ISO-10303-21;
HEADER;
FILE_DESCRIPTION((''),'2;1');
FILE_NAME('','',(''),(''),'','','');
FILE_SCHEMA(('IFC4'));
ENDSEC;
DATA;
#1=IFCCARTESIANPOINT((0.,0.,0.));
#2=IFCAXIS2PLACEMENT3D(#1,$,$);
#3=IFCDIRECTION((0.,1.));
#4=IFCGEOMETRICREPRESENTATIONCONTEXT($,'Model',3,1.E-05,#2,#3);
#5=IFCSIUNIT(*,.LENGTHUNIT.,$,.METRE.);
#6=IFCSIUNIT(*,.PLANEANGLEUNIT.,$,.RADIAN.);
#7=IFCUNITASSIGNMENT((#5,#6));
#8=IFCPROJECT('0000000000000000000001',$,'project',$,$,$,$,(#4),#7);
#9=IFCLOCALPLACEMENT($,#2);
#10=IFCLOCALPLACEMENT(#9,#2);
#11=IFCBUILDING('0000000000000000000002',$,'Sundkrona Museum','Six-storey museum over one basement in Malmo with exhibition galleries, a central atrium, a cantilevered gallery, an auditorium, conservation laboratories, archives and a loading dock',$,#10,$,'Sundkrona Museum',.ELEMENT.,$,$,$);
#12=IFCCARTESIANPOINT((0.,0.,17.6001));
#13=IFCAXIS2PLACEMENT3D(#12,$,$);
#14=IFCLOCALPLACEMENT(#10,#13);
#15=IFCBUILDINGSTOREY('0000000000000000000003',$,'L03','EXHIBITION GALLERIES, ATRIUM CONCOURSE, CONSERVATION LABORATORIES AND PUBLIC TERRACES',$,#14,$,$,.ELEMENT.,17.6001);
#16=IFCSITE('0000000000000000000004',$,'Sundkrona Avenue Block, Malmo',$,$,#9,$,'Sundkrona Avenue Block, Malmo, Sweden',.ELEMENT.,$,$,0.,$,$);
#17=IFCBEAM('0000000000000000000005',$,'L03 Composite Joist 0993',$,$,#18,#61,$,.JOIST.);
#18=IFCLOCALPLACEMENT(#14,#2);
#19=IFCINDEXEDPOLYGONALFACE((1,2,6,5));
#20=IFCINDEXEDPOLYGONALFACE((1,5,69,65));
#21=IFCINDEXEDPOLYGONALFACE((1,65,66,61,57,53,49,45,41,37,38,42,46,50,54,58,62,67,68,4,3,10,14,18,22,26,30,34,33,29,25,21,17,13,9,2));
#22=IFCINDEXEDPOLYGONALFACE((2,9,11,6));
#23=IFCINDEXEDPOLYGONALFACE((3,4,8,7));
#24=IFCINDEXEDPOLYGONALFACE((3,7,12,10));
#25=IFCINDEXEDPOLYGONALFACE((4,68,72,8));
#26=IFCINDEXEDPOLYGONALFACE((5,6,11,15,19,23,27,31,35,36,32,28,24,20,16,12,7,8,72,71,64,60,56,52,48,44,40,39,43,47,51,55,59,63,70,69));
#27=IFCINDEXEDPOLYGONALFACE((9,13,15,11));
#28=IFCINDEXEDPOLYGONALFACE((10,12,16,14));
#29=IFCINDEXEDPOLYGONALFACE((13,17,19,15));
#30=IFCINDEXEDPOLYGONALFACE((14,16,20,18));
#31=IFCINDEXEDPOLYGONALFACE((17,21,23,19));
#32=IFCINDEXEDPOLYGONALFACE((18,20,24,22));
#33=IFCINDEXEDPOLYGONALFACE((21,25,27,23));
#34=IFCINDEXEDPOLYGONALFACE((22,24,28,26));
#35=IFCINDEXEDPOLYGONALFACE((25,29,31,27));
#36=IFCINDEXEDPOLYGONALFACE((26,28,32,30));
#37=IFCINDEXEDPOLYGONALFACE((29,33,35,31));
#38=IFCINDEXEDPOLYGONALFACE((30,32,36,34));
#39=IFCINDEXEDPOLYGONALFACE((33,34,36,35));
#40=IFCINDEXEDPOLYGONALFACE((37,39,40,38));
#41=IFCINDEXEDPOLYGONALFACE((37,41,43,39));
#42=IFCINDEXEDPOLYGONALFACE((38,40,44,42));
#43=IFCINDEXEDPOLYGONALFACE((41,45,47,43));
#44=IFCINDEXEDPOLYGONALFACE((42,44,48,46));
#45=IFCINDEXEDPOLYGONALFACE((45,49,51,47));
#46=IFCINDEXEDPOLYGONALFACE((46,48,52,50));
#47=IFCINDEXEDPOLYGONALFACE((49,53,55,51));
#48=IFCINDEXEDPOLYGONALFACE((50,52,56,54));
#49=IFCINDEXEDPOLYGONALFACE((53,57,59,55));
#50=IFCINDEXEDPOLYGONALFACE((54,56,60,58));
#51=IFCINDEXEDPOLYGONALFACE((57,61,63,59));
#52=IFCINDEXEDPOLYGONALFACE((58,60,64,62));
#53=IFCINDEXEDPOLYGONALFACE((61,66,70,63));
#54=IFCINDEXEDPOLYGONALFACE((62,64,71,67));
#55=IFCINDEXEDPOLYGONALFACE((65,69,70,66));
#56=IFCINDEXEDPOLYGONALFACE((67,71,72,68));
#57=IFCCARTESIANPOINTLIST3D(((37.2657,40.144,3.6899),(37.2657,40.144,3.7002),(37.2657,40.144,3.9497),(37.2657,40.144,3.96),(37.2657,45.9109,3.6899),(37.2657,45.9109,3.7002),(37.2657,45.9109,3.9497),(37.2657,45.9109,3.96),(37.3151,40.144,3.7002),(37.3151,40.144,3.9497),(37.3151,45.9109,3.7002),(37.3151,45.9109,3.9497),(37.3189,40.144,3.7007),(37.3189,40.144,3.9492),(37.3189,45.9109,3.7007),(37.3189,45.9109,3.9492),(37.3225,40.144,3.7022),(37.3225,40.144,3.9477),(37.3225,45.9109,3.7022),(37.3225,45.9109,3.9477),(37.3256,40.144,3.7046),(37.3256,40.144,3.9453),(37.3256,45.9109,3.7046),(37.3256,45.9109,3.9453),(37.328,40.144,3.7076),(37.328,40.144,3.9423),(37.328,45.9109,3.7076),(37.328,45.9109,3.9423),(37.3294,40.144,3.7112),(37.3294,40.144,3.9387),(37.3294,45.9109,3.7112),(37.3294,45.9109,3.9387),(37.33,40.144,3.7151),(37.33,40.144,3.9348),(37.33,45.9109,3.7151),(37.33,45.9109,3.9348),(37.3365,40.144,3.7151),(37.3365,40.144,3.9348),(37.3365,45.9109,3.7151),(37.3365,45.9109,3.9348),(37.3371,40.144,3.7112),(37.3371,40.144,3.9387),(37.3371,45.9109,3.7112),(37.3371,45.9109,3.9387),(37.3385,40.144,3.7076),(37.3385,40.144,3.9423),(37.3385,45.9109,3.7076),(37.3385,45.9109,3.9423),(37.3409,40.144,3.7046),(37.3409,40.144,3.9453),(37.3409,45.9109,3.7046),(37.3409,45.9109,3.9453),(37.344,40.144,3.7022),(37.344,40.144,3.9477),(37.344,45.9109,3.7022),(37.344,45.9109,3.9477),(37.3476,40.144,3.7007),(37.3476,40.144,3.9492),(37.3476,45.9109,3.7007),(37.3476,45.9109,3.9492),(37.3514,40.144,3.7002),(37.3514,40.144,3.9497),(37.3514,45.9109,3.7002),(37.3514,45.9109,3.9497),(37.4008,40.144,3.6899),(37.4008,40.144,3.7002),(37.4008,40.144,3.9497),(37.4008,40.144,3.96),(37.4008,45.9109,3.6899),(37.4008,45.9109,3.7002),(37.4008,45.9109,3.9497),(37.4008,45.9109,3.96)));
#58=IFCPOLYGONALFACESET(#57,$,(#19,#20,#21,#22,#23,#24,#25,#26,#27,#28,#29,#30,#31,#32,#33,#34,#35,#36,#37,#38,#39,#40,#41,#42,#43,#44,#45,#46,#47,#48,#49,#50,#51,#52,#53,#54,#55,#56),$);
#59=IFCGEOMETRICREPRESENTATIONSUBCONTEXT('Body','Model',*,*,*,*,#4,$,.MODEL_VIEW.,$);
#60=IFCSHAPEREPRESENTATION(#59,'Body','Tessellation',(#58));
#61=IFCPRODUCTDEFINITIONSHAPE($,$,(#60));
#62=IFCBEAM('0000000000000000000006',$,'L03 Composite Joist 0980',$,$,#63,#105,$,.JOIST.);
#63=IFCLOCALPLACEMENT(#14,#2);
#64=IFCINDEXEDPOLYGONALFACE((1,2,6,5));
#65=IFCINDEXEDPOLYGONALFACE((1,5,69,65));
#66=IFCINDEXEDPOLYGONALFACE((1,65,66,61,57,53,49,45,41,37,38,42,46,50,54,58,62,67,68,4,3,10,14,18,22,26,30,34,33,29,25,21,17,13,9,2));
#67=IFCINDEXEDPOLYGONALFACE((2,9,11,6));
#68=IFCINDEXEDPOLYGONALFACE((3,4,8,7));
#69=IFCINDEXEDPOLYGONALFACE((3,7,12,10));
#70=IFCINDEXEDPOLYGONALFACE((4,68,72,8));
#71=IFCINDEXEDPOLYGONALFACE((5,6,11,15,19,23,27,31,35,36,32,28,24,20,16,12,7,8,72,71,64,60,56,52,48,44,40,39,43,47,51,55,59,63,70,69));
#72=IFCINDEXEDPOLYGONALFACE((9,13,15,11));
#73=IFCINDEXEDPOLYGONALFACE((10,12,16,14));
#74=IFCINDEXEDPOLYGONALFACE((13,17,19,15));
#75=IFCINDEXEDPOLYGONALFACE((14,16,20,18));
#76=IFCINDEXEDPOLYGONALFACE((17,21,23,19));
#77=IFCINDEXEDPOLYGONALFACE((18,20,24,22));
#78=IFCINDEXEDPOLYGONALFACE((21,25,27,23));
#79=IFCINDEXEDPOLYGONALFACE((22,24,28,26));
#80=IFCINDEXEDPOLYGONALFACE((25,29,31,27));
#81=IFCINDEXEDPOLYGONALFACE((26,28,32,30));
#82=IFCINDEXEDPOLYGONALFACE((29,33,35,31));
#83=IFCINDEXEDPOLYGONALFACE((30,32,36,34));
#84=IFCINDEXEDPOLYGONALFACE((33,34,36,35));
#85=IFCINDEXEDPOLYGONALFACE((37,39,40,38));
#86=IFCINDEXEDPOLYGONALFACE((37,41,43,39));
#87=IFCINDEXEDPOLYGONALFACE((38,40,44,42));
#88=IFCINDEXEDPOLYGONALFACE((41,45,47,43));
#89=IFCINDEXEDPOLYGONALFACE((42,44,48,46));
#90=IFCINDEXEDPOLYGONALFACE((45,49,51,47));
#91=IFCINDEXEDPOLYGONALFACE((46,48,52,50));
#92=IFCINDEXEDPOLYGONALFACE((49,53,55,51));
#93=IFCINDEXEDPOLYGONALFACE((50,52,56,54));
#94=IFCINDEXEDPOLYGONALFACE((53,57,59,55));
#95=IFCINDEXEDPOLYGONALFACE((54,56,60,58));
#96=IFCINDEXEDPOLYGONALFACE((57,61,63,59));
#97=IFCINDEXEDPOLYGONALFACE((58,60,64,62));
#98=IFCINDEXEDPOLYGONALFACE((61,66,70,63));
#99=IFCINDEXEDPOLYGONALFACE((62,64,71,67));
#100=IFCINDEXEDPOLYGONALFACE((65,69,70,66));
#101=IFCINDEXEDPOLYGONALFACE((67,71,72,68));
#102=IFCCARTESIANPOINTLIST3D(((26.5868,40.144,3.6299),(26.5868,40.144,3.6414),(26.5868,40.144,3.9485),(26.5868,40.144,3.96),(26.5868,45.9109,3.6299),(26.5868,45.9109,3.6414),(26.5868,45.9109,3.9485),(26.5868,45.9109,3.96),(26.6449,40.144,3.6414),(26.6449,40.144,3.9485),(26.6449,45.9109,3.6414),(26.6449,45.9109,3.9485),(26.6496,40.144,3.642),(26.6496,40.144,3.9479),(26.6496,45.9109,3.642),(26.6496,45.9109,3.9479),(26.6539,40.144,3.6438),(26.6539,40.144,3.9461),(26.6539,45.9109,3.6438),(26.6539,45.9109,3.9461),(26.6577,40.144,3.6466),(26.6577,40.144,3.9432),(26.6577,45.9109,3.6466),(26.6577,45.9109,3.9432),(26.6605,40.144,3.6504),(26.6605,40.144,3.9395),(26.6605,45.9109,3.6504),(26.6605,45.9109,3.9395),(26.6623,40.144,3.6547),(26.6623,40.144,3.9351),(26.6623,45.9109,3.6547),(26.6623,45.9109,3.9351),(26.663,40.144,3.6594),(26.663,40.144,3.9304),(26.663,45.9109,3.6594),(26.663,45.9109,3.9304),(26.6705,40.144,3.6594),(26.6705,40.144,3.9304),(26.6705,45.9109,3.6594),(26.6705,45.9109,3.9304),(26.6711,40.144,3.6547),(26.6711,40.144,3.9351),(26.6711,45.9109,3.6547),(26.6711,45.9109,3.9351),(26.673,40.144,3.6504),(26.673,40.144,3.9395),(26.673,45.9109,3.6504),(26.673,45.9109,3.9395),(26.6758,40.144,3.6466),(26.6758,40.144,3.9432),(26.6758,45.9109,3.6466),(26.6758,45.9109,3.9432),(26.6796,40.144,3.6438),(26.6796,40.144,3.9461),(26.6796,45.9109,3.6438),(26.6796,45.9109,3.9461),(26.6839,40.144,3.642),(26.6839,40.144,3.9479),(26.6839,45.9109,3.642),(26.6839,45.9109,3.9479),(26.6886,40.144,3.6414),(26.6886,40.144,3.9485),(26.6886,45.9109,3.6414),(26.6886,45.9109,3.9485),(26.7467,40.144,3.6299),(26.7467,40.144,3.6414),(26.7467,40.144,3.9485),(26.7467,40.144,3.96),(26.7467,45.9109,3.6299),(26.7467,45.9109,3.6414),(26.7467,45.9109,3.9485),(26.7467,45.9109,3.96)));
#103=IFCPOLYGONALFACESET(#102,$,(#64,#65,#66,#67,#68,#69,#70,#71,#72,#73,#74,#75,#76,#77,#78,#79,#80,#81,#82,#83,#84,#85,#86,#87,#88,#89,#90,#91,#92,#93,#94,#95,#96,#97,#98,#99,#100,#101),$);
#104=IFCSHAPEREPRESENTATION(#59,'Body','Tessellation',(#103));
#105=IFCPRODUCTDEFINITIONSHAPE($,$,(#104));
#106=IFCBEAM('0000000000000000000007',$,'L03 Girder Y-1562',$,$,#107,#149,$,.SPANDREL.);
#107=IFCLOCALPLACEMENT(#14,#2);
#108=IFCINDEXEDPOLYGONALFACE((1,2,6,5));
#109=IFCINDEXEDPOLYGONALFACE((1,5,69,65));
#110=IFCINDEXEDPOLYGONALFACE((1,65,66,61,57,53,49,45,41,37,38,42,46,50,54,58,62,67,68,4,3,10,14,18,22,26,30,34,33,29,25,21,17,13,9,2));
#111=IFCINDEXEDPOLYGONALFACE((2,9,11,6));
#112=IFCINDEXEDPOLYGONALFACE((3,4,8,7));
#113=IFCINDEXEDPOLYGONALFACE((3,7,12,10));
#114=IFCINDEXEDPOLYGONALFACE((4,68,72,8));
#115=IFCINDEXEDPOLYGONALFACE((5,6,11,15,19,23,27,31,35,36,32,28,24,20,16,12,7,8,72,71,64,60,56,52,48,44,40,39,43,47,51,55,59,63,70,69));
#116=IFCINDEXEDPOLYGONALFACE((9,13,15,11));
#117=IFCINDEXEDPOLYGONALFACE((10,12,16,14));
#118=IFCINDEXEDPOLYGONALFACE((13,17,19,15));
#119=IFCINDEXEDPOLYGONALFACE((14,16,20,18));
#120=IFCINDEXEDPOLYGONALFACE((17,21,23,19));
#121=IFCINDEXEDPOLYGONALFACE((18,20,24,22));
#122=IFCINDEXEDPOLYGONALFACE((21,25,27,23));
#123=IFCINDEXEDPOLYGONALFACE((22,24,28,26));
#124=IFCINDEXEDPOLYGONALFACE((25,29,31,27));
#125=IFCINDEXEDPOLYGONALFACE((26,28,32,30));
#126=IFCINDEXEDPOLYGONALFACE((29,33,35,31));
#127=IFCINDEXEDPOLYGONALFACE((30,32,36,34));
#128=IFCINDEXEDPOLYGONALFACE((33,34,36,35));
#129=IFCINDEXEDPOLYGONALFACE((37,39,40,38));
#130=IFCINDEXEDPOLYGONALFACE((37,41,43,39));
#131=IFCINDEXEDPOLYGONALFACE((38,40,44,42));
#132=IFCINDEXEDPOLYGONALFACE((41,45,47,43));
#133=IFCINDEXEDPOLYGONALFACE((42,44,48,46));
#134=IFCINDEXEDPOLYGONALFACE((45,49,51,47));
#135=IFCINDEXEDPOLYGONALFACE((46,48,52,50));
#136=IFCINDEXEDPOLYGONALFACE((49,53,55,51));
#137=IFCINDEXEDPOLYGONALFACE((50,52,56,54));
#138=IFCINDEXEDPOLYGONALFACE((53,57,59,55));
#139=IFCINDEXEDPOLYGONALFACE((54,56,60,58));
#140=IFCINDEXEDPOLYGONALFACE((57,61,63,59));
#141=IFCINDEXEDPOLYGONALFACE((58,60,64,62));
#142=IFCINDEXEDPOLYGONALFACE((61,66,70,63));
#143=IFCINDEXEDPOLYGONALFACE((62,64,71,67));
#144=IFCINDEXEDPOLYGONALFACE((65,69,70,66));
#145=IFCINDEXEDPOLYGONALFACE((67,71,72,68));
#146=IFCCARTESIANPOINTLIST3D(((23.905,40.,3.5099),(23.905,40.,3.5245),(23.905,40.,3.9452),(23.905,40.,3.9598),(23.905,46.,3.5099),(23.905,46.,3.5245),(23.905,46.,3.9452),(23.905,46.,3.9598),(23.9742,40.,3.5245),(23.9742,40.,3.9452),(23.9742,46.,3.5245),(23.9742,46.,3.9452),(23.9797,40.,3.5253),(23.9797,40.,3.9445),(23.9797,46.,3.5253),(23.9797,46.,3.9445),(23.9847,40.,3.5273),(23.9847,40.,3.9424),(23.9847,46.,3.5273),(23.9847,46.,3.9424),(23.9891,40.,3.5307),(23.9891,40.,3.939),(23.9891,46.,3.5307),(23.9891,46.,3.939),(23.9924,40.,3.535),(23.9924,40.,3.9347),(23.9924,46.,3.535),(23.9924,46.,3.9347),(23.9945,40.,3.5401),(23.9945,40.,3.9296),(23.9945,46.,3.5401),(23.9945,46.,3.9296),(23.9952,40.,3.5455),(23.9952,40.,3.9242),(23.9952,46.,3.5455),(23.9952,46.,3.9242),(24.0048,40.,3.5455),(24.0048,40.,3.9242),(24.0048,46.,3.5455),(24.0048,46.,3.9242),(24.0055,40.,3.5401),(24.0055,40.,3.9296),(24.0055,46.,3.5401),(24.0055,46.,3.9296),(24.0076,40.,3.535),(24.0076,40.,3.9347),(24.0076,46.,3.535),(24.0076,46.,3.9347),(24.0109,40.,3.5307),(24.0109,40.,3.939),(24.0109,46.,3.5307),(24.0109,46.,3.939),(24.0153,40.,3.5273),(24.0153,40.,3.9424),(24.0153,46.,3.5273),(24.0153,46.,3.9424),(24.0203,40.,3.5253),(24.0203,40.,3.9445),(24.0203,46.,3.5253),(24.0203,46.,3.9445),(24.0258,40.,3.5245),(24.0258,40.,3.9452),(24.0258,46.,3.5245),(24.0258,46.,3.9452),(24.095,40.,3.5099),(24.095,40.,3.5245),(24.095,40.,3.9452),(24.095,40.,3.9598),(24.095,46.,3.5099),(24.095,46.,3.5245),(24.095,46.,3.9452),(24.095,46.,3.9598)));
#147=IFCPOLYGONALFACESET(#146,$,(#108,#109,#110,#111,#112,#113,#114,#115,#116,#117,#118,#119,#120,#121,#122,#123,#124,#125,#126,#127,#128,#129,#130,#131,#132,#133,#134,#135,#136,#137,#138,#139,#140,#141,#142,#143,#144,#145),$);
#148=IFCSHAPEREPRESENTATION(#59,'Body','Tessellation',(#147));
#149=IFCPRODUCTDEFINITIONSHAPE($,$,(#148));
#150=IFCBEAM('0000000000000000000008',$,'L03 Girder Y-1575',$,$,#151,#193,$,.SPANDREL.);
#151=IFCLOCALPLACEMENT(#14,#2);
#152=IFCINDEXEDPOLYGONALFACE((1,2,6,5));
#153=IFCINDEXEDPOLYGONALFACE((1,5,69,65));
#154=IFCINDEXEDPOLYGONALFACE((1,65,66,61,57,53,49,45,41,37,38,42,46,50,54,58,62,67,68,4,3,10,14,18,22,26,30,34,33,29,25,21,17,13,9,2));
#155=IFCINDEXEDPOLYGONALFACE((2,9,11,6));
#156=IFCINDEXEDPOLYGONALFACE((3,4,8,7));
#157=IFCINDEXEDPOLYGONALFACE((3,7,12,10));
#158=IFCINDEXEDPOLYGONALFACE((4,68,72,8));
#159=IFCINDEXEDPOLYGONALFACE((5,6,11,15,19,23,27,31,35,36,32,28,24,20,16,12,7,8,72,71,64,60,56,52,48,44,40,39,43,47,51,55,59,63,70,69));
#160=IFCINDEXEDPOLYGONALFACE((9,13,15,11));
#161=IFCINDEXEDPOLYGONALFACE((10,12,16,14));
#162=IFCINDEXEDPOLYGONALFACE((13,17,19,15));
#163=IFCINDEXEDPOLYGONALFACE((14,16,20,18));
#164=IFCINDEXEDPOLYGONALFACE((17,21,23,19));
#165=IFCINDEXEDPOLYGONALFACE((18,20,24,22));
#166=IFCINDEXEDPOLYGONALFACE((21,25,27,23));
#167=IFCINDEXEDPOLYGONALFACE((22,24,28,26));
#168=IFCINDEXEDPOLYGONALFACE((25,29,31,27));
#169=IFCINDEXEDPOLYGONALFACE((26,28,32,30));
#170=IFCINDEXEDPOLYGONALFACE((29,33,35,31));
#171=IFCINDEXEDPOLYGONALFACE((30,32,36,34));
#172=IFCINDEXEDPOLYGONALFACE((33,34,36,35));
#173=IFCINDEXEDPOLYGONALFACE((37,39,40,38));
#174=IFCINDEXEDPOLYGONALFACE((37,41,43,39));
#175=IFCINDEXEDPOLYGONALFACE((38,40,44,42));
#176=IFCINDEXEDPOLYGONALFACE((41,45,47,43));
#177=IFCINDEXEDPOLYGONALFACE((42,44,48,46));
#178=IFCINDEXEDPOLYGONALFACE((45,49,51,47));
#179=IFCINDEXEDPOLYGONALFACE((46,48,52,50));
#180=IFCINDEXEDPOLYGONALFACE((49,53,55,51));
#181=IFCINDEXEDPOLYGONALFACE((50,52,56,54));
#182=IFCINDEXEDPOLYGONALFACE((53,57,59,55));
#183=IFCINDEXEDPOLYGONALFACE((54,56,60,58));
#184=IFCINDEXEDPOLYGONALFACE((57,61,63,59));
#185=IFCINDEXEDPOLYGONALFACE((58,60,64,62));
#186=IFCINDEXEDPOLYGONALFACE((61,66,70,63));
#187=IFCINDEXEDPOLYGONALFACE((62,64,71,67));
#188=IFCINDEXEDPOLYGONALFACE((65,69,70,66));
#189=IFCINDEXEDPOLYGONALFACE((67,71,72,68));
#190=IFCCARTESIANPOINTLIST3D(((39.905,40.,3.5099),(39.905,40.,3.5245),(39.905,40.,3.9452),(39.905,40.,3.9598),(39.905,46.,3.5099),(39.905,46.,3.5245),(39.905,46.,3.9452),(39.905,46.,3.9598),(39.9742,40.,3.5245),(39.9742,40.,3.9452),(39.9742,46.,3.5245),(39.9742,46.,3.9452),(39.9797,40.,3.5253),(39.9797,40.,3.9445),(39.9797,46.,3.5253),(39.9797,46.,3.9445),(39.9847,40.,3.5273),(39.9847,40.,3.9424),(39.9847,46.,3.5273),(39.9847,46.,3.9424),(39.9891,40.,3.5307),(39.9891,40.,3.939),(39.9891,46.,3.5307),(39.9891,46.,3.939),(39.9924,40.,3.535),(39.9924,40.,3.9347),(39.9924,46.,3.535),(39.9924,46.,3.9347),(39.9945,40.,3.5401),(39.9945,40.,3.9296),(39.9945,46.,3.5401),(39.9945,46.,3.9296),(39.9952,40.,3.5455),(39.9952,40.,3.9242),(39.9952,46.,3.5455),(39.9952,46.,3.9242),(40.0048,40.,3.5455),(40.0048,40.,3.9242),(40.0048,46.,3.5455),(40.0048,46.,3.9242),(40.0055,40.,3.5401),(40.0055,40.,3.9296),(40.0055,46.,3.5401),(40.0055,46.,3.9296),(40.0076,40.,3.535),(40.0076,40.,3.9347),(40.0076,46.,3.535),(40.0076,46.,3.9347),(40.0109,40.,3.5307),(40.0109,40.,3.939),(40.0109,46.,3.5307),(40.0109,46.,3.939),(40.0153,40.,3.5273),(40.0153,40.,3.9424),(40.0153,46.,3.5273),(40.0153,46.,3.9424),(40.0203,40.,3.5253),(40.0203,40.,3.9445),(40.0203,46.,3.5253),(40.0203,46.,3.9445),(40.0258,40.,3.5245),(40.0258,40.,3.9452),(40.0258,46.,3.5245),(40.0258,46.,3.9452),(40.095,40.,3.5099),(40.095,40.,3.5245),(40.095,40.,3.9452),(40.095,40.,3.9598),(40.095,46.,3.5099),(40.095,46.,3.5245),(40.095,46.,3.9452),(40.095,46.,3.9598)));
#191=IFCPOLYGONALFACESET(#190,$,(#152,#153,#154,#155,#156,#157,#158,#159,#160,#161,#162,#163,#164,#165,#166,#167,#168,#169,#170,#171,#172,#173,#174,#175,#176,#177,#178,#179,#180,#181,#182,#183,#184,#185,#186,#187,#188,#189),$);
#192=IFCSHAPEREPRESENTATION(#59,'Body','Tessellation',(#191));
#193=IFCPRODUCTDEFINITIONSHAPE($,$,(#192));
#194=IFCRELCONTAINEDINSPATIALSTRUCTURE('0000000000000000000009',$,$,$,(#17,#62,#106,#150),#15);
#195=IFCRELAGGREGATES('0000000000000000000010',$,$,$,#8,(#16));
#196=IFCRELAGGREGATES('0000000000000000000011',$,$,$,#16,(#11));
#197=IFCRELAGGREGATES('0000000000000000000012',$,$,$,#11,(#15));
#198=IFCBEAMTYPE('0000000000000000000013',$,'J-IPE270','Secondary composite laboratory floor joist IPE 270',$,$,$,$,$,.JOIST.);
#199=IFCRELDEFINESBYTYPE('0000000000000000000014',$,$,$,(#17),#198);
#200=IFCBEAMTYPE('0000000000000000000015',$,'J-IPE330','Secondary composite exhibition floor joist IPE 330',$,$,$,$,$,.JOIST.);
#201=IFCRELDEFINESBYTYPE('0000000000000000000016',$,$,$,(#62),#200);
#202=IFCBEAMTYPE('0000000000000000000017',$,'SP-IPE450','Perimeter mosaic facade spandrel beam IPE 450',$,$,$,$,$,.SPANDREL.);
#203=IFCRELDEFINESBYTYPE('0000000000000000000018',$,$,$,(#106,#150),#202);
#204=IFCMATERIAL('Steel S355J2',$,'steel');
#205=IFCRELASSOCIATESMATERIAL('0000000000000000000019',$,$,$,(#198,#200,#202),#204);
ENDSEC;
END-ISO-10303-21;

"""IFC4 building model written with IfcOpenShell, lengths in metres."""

from ifc_helpers import new_model, si_unit, direction, frame, origin, origin_2d, place, context, subcontext, project, spatial, i_section, extrude, material, material_profile, profile_set, type_object, element, save


model = new_model("IFC4")

# Units and contexts
model_context = context("Model", 3, precision=1e-05, world=origin(), true_north=direction((0.0, 1.0)))
body_context = subcontext(model_context, "Body", "Model", "MODEL_VIEW")
ifc_project = project(units=[si_unit("LENGTHUNIT", "METRE"), si_unit("PLANEANGLEUNIT", "RADIAN")], contexts=[model_context])

# Site, building, storey
site_placement = place(None, origin())
site = spatial("IfcSite", under=ifc_project, at=site_placement, Name="Sundkrona Avenue Block, Malmo", LongName="Sundkrona Avenue Block, Malmo, Sweden", CompositionType="ELEMENT", RefElevation=0.0)
building_placement = place(site_placement, origin())
building = spatial("IfcBuilding", under=site, at=building_placement, Name="Sundkrona Museum", Description="Six-storey museum over one basement in Malmo with exhibition galleries, a central atrium, a cantilevered gallery, an auditorium, conservation laboratories, archives and a loading dock", LongName="Sundkrona Museum", CompositionType="ELEMENT")
storey_placement = place(building_placement, frame((0.0, 0.0, 17.6001)))
storey = spatial("IfcBuildingStorey", under=building, at=storey_placement, Name="L03", Description="EXHIBITION GALLERIES, ATRIUM CONCOURSE, CONSERVATION LABORATORIES AND PUBLIC TERRACES", CompositionType="ELEMENT", Elevation=17.6001)

# Shared definitions
ifc_material_1 = material(Name="Steel S355J2", Category="steel")

# Beams
ifc_material_profile_1 = material_profile(ifc_material_1, i_section(OverallWidth=0.135, OverallDepth=0.27, WebThickness=0.0066, FlangeThickness=0.0103, FilletRadius=0.0149, at=origin_2d()), Name="IPE 270")
ifc_profile_set_1 = profile_set([ifc_material_profile_1], Name="Steel S355J2")
beam_type_1 = type_object("IfcBeamType", Name="J-IPE270", Description="Secondary composite laboratory floor joist IPE 270", PredefinedType="JOIST", material=ifc_profile_set_1)
for number, where, z_axis, x_axis, name in (
    (1, (37.3333, 40.144, 3.825), (0.0, 1.0, 0.0), (-1.0, 0.0, 0.0), "L03 Composite Joist 0993"),
):
    element("IfcBeam", number, at=place(storey_placement, frame(where, z_axis=z_axis, x_axis=x_axis)), inside=storey, type_object=beam_type_1, Name=name, PredefinedType="JOIST", context=body_context, shape_type="SweptSolid", body=[
        extrude(i_section(OverallWidth=0.135, OverallDepth=0.27, WebThickness=0.0066, FlangeThickness=0.0103, FilletRadius=0.0149, at=origin_2d()), origin(), (0.0, 0.0, 1.0), 5.7668),
    ])
ifc_material_profile_2 = material_profile(ifc_material_1, i_section(OverallWidth=0.1599, OverallDepth=0.3301, WebThickness=0.0076, FlangeThickness=0.0115, FilletRadius=0.0181, at=origin_2d()), Name="IPE 330")
ifc_profile_set_2 = profile_set([ifc_material_profile_2], Name="Steel S355J2")
beam_type_2 = type_object("IfcBeamType", Name="J-IPE330", Description="Secondary composite exhibition floor joist IPE 330", PredefinedType="JOIST", material=ifc_profile_set_2)
beam_1_placement = place(storey_placement, frame((26.6667, 40.144, 3.7949), z_axis=(0.0, 1.0, 0.0), x_axis=(-1.0, 0.0, 0.0)))
element("IfcBeam", 2, at=beam_1_placement, inside=storey, type_object=beam_type_2, Name="L03 Composite Joist 0980", PredefinedType="JOIST", context=body_context, shape_type="SweptSolid", body=[
    extrude(i_section(OverallWidth=0.1599, OverallDepth=0.3301, WebThickness=0.0076, FlangeThickness=0.0115, FilletRadius=0.0181, at=origin_2d()), origin(), (0.0, 0.0, 1.0), 5.7668),
])
ifc_material_profile_3 = material_profile(ifc_material_1, i_section(OverallWidth=0.1899, OverallDepth=0.45, WebThickness=0.0095, FlangeThickness=0.0146, FilletRadius=0.021, at=origin_2d()), Name="IPE 450")
ifc_profile_set_3 = profile_set([ifc_material_profile_3], Name="Steel S355J2")
beam_type_3 = type_object("IfcBeamType", Name="SP-IPE450", Description="Perimeter mosaic facade spandrel beam IPE 450", PredefinedType="SPANDREL", material=ifc_profile_set_3)
for number, where, z_axis, x_axis, name in (
    (3, (24.0, 40.0, 3.7349), (0.0, 1.0, 0.0), (-1.0, 0.0, 0.0), "L03 Girder Y-1562"),
    (4, (40.0, 40.0, 3.7349), (0.0, 1.0, 0.0), (-1.0, 0.0, 0.0), "L03 Girder Y-1575"),
):
    element("IfcBeam", number, at=place(storey_placement, frame(where, z_axis=z_axis, x_axis=x_axis)), inside=storey, type_object=beam_type_3, Name=name, PredefinedType="SPANDREL", context=body_context, shape_type="SweptSolid", body=[
        extrude(i_section(OverallWidth=0.1899, OverallDepth=0.45, WebThickness=0.0095, FlangeThickness=0.0146, FilletRadius=0.021, at=origin_2d()), origin(), (0.0, 0.0, 1.0), 6.0),
    ])

save(model, "model.ifc")
